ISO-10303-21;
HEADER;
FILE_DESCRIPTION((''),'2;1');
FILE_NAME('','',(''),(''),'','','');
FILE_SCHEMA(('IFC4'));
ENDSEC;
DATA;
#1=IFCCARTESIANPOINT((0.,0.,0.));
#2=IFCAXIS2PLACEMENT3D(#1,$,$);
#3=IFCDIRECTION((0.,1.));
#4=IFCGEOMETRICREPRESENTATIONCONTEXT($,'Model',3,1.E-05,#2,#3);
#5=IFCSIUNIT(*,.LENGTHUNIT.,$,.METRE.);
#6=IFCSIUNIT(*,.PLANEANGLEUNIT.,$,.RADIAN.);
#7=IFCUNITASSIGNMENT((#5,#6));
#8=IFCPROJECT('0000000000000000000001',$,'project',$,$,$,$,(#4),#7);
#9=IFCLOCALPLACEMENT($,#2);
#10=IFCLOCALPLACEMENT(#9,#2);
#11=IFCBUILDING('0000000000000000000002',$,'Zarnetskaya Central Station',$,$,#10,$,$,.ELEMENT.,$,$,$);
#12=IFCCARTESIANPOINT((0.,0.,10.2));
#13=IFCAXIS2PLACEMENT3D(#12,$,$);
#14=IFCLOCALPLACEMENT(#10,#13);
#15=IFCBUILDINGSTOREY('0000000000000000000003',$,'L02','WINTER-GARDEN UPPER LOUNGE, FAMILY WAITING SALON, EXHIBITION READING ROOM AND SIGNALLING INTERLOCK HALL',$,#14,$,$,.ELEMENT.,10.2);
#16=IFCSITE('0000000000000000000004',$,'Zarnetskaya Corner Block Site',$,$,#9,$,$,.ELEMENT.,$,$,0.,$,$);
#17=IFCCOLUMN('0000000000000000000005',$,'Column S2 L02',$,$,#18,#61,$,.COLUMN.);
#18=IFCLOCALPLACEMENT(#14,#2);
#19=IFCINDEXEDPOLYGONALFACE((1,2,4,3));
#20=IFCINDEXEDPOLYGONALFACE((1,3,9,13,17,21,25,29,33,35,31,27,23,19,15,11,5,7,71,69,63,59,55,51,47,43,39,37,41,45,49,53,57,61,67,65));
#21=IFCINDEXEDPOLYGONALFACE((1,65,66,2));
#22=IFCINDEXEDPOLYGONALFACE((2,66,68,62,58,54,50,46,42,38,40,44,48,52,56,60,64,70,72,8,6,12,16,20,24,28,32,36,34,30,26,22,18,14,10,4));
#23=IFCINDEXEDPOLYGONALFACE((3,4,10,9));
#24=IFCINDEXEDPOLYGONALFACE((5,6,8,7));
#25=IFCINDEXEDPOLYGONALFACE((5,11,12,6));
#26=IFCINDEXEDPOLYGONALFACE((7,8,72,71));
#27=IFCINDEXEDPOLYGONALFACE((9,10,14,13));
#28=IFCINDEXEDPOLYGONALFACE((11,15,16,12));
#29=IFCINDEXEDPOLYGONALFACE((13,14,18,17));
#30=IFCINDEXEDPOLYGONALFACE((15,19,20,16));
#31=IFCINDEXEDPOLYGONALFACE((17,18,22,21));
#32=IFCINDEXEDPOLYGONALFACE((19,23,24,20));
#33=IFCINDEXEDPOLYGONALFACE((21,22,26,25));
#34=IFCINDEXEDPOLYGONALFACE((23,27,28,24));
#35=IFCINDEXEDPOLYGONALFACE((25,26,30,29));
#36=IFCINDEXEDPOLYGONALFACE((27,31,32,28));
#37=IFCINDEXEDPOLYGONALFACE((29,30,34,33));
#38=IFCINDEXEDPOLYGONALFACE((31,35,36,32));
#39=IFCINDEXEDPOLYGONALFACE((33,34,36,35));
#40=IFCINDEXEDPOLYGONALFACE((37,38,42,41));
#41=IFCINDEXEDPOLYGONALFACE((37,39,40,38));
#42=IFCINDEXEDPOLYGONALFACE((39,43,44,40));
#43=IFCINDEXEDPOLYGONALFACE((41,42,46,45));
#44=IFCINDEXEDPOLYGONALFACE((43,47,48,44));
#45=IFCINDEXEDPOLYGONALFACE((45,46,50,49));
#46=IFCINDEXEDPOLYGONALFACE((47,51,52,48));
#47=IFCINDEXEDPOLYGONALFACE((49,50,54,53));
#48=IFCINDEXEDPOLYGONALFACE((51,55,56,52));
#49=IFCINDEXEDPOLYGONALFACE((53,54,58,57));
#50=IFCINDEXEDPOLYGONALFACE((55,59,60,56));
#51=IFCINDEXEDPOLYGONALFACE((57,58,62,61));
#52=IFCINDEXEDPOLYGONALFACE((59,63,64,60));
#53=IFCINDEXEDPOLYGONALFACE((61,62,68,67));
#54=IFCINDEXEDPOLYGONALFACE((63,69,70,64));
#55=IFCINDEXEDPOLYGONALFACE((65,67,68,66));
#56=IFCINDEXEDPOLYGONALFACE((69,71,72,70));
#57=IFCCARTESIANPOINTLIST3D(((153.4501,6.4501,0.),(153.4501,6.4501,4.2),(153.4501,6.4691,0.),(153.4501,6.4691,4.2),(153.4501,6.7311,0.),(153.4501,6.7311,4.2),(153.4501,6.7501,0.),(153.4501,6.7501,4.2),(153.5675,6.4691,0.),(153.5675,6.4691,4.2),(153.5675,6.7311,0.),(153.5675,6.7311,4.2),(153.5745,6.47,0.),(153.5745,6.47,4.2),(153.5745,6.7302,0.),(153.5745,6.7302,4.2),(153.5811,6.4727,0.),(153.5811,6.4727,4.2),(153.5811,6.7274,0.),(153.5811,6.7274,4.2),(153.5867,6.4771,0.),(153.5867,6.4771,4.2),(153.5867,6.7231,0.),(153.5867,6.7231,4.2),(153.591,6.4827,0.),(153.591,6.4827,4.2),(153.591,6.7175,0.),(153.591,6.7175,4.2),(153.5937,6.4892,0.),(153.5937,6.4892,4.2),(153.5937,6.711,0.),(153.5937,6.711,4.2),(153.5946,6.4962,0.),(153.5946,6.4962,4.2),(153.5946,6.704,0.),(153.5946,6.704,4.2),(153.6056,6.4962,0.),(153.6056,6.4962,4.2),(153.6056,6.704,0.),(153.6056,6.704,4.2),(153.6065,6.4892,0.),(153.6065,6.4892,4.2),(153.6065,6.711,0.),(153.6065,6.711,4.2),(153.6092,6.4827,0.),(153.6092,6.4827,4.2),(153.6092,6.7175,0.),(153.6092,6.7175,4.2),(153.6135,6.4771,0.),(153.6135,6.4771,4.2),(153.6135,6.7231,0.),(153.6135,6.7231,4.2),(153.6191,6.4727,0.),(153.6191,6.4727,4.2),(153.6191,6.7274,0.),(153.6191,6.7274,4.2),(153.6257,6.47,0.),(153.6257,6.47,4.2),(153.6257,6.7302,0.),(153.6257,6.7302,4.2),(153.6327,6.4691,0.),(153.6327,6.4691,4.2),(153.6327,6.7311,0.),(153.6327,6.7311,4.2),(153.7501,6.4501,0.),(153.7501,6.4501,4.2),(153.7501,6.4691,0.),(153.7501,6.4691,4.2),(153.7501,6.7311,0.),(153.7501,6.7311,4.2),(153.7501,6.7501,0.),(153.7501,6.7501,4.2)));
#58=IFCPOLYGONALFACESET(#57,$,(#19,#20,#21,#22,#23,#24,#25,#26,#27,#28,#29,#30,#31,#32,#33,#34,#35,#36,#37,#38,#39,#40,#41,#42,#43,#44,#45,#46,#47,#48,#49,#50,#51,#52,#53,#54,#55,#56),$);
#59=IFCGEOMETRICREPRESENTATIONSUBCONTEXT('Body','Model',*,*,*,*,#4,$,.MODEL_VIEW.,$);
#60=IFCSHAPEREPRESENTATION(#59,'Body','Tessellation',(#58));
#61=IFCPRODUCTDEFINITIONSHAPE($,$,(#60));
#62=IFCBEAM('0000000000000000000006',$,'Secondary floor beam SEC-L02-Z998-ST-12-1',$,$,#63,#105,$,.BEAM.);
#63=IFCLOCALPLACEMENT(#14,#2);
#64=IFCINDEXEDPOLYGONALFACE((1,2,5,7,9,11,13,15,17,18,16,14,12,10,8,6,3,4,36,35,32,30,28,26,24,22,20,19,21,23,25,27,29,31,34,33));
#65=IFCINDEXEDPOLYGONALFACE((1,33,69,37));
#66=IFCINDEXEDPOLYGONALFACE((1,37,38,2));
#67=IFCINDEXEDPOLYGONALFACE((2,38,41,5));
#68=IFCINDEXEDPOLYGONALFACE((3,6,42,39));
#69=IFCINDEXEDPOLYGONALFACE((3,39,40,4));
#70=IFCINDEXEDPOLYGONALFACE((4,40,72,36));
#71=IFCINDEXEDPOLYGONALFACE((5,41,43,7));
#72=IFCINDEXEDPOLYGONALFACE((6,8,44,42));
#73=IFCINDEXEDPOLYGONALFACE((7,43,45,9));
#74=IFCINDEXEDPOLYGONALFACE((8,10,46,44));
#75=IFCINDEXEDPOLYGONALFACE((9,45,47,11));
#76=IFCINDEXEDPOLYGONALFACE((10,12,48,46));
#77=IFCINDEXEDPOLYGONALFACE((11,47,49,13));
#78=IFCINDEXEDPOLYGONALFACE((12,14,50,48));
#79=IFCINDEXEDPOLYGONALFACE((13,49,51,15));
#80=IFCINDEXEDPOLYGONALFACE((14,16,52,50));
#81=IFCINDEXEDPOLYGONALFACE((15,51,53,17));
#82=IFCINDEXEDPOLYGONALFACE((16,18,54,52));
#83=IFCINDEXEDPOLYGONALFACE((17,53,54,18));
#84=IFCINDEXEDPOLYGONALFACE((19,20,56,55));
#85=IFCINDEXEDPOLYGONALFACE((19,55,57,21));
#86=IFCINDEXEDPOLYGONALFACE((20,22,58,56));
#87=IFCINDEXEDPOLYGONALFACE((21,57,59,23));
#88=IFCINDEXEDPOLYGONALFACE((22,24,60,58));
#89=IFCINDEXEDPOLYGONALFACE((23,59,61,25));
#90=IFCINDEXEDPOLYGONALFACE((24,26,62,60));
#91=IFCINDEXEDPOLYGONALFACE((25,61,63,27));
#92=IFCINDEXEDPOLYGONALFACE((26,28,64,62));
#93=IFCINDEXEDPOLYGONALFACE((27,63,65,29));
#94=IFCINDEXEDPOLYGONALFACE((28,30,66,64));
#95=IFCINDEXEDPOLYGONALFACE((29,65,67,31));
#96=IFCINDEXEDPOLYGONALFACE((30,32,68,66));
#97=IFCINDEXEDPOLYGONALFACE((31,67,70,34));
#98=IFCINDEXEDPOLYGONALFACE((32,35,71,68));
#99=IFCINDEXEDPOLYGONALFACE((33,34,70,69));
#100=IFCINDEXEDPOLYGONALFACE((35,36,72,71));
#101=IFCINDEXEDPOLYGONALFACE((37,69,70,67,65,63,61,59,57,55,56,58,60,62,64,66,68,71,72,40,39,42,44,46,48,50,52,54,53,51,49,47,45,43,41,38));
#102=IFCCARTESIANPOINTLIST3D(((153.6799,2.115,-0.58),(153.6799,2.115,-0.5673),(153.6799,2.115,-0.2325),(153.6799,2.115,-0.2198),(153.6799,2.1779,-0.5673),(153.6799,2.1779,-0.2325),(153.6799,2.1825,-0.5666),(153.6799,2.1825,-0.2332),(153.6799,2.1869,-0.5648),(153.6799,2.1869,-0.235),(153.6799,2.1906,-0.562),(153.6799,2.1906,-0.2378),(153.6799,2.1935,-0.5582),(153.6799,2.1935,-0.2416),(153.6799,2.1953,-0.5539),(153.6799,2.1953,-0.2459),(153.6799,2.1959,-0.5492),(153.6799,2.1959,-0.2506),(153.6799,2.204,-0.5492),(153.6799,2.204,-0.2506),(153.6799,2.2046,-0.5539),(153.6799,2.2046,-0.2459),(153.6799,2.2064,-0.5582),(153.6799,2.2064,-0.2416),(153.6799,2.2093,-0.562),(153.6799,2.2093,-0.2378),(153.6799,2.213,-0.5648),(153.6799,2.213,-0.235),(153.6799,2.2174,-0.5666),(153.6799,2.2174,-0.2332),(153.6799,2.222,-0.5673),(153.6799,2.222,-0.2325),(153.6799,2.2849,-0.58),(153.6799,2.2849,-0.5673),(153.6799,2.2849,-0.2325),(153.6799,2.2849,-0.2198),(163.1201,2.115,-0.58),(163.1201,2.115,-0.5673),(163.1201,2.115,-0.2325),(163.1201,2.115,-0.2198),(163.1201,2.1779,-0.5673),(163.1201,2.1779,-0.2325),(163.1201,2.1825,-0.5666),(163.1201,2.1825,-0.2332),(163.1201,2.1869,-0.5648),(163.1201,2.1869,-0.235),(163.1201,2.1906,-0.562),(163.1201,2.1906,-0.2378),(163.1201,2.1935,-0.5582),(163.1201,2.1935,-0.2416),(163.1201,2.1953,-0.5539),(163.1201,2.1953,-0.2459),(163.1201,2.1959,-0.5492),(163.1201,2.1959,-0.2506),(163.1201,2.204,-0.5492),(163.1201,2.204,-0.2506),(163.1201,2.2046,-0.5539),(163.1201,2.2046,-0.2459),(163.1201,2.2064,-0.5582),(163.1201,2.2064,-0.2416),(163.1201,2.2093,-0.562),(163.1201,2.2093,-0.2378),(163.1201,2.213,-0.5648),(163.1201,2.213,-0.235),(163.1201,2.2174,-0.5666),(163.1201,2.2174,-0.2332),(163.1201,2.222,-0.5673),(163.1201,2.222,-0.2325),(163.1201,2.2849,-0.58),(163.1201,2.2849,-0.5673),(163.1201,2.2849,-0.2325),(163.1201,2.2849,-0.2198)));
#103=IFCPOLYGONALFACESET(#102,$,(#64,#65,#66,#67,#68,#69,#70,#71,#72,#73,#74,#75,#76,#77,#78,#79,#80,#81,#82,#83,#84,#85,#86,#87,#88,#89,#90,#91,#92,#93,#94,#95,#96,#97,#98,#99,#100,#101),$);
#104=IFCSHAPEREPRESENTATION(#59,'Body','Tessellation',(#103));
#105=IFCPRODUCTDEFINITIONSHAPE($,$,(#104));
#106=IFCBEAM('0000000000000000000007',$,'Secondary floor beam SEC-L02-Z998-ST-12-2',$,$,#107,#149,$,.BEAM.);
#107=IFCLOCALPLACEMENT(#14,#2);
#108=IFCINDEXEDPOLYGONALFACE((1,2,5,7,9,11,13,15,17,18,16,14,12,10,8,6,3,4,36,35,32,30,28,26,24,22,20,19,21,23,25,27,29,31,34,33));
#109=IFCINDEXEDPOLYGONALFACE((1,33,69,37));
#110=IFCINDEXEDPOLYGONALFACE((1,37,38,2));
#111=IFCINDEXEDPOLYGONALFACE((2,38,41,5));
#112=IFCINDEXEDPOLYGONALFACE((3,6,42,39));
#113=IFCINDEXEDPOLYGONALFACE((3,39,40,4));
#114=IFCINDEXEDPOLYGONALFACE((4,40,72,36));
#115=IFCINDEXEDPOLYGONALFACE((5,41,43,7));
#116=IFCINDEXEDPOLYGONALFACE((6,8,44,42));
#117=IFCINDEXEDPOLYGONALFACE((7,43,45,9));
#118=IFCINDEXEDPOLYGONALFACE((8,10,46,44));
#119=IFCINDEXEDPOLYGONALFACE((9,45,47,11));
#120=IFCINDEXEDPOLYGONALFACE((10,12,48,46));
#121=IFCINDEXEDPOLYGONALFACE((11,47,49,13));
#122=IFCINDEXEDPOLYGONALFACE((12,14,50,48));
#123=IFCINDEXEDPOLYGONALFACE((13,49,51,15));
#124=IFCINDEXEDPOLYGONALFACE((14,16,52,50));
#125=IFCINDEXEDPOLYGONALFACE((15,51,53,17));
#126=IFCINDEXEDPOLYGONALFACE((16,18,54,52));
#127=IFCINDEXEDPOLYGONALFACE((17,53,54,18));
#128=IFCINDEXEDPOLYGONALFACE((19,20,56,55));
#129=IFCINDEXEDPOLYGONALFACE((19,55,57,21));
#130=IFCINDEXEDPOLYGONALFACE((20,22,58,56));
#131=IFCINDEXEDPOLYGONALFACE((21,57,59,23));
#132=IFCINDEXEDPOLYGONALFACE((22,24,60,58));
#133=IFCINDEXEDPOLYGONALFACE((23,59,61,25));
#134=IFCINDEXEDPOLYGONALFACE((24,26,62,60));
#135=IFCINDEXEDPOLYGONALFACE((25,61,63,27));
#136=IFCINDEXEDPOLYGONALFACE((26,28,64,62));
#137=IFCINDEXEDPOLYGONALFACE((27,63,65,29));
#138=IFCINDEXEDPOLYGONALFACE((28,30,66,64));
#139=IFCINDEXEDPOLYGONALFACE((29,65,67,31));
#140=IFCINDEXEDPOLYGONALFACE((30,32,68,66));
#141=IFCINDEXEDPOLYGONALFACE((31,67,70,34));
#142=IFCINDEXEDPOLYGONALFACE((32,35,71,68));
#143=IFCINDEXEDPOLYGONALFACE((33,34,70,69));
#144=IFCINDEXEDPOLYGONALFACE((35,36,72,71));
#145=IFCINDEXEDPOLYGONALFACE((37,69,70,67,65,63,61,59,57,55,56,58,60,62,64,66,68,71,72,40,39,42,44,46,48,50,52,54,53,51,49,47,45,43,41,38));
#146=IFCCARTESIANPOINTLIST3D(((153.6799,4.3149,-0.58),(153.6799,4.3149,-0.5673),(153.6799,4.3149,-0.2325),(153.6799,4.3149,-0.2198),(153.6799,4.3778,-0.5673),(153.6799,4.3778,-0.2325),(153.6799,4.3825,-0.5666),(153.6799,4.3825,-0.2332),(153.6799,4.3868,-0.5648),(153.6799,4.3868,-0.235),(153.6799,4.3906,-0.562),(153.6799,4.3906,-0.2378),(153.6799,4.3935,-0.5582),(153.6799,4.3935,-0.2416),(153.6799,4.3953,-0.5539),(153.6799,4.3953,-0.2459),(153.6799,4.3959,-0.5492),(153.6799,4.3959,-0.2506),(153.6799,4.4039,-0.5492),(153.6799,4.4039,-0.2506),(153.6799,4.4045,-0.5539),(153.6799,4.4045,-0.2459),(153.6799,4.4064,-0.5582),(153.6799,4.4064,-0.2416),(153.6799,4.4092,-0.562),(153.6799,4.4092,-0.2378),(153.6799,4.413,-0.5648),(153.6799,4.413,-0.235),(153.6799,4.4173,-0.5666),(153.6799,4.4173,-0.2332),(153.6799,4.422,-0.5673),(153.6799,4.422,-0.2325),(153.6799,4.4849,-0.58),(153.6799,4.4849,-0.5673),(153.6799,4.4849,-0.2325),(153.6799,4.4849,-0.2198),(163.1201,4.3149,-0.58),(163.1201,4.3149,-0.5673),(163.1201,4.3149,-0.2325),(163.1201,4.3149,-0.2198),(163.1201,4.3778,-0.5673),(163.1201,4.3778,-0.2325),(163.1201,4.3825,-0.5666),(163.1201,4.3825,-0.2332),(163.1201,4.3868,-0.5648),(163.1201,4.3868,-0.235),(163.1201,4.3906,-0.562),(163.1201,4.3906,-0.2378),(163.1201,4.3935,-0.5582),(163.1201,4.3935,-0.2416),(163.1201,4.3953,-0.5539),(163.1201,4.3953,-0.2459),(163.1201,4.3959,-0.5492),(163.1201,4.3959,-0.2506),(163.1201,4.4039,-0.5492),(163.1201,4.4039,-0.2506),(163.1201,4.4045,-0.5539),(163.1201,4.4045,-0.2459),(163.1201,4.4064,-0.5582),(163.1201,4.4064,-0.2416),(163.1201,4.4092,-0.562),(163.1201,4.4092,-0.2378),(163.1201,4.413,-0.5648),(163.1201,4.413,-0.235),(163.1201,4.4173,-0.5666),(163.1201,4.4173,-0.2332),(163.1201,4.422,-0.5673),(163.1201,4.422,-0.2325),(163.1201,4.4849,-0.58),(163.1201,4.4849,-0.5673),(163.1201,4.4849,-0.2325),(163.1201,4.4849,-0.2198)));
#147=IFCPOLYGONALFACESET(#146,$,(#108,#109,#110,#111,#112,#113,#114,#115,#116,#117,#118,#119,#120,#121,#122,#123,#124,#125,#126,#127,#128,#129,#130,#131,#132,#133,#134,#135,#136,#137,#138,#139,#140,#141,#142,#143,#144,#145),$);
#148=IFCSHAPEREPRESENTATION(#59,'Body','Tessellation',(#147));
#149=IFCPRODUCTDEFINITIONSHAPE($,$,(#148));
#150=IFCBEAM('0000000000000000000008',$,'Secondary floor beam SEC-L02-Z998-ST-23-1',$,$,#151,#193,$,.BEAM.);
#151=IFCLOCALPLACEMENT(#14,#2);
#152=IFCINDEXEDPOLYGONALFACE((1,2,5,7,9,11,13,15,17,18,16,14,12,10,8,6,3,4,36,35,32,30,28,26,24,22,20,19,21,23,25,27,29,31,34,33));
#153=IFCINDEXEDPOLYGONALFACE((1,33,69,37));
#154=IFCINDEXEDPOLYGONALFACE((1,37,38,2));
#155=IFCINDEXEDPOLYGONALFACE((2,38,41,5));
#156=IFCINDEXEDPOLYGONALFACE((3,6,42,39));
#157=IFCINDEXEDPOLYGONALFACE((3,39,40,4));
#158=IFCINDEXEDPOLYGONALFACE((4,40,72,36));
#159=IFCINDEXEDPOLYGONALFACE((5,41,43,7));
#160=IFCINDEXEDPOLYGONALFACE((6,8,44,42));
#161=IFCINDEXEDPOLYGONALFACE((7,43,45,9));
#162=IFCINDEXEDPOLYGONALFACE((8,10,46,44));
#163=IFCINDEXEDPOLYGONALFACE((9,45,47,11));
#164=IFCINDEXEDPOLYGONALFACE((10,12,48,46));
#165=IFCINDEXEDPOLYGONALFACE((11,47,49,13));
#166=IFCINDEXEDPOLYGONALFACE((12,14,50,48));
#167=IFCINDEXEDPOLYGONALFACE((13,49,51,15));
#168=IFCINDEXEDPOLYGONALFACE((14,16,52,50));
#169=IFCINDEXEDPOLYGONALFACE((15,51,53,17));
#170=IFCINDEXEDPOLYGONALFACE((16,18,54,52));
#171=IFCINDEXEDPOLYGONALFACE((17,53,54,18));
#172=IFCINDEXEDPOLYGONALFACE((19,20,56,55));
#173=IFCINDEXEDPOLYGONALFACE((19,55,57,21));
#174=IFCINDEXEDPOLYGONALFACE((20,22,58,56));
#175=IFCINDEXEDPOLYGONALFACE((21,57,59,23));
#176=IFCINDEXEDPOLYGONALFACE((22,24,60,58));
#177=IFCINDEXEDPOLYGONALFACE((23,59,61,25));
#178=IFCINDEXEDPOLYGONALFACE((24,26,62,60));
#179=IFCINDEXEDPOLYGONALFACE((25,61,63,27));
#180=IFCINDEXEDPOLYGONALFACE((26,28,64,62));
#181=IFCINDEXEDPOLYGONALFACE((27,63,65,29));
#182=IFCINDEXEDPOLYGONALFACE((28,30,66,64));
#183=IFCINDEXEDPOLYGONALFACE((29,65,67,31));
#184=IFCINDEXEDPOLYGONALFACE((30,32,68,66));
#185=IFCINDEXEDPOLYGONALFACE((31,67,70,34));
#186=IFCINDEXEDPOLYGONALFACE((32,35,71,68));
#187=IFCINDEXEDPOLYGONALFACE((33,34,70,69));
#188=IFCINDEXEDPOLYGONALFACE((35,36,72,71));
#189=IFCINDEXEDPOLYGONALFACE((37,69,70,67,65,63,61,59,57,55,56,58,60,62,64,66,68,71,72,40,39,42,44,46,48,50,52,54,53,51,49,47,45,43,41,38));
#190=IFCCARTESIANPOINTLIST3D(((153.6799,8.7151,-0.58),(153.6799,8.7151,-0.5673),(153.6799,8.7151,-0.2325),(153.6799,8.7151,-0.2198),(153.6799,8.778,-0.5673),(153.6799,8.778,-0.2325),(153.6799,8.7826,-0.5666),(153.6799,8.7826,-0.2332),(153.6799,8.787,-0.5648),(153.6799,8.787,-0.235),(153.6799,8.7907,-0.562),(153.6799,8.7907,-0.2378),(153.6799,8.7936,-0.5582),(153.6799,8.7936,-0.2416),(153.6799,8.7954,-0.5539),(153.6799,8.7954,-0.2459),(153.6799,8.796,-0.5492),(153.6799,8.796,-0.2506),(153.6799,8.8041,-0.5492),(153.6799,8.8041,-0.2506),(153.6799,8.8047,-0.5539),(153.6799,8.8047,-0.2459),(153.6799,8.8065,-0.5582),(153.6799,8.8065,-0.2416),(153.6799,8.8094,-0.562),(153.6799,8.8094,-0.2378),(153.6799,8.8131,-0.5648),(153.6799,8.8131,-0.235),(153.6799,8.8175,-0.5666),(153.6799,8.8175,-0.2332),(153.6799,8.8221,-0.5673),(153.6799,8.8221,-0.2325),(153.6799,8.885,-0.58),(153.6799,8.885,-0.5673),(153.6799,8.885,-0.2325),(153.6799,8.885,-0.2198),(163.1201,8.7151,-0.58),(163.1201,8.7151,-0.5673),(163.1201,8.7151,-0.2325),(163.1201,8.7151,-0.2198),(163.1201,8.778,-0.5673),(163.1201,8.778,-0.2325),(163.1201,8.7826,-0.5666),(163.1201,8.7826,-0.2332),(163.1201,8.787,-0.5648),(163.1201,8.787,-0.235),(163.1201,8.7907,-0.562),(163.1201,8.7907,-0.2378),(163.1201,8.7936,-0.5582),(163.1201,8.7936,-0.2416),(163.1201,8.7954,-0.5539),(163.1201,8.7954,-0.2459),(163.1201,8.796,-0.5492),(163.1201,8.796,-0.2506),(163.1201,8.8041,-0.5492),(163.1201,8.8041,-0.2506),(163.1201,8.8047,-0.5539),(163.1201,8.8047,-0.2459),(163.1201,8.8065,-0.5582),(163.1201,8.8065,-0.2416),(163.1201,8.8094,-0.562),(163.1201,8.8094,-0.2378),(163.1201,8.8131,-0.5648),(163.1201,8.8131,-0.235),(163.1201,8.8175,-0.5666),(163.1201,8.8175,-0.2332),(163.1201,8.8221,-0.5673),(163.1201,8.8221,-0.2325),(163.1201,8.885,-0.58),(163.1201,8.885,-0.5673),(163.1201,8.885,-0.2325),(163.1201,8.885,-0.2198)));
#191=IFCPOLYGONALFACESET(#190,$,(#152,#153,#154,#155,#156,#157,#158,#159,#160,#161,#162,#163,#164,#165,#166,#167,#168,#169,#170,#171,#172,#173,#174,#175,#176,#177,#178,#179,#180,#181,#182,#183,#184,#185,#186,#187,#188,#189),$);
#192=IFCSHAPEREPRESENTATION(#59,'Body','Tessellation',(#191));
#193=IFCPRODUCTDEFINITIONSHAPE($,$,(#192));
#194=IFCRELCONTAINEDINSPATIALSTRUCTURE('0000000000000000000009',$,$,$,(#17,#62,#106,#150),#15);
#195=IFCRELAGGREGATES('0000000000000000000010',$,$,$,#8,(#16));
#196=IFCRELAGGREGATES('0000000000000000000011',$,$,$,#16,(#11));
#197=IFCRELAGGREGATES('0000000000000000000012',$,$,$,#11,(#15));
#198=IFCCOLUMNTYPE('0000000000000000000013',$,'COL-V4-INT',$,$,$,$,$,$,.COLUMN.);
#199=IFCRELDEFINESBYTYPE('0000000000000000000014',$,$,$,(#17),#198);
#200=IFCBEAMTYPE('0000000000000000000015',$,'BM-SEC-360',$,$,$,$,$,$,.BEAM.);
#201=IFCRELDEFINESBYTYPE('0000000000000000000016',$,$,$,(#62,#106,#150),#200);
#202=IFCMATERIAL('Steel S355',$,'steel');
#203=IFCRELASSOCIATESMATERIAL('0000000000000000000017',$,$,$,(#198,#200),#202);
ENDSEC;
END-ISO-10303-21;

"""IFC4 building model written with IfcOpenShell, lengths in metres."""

from ifc_helpers import new_model, si_unit, direction, frame, origin, origin_2d, place, context, subcontext, project, spatial, i_section, extrude, material, material_profile, profile_set, type_object, element, save


model = new_model("IFC4")

# Units and contexts
model_context = context("Model", 3, precision=1e-05, world=origin(), true_north=direction((0.0, 1.0)))
body_context = subcontext(model_context, "Body", "Model", "MODEL_VIEW")
ifc_project = project(units=[si_unit("LENGTHUNIT", "METRE"), si_unit("PLANEANGLEUNIT", "RADIAN")], contexts=[model_context])

# Site, building, storey
site_placement = place(None, origin())
site = spatial("IfcSite", under=ifc_project, at=site_placement, Name="Zarnetskaya Corner Block Site", CompositionType="ELEMENT", RefElevation=0.0)
building_placement = place(site_placement, origin())
building = spatial("IfcBuilding", under=site, at=building_placement, Name="Zarnetskaya Central Station", CompositionType="ELEMENT")
storey_placement = place(building_placement, frame((0.0, 0.0, 10.2)))
storey = spatial("IfcBuildingStorey", under=building, at=storey_placement, Name="L02", Description="WINTER-GARDEN UPPER LOUNGE, FAMILY WAITING SALON, EXHIBITION READING ROOM AND SIGNALLING INTERLOCK HALL", CompositionType="ELEMENT", Elevation=10.2)

# Column
ifc_material_1 = material(Name="Steel S355", Category="steel")
ifc_material_profile_1 = material_profile(ifc_material_1, i_section(OverallWidth=0.3, OverallDepth=0.3, WebThickness=0.011, FlangeThickness=0.019, FilletRadius=0.0271, at=origin_2d()), Name="HEB 300")
ifc_profile_set_1 = profile_set([ifc_material_profile_1], Name="Steel S355")
column_type = type_object("IfcColumnType", Name="COL-V4-INT", PredefinedType="COLUMN", material=ifc_profile_set_1)
column_placement = place(storey_placement, frame((153.6001, 6.6001, 0.0), z_axis=(0.0, 0.0, 1.0), x_axis=(1.0, 0.0, 0.0)))
element("IfcColumn", 1, at=column_placement, inside=storey, type_object=column_type, Name="Column S2 L02", PredefinedType="COLUMN", context=body_context, shape_type="SweptSolid", body=[
    extrude(i_section(OverallWidth=0.3, OverallDepth=0.3, WebThickness=0.011, FlangeThickness=0.019, FilletRadius=0.0271, at=origin_2d()), origin(), (0.0, 0.0, 1.0), 4.2),
])

# Beams
ifc_material_profile_2 = material_profile(ifc_material_1, i_section(OverallWidth=0.1699, OverallDepth=0.3601, WebThickness=0.0081, FlangeThickness=0.0127, FilletRadius=0.0181, at=origin_2d()), Name="IPE 360")
ifc_profile_set_2 = profile_set([ifc_material_profile_2], Name="Steel S355")
beam_type_1 = type_object("IfcBeamType", Name="BM-SEC-360", PredefinedType="BEAM", material=ifc_profile_set_2)
for number, where, z_axis, x_axis, name in (
    (2, (153.6799, 2.2, -0.3999), (1.0, 0.0, 0.0), (0.0, 1.0, 0.0), "Secondary floor beam SEC-L02-Z998-ST-12-1"),
    (3, (153.6799, 4.3999, -0.3999), (1.0, 0.0, 0.0), (0.0, 1.0, 0.0), "Secondary floor beam SEC-L02-Z998-ST-12-2"),
    (4, (153.6799, 8.8, -0.3999), (1.0, 0.0, 0.0), (0.0, 1.0, 0.0), "Secondary floor beam SEC-L02-Z998-ST-23-1"),
):
    element("IfcBeam", number, at=place(storey_placement, frame(where, z_axis=z_axis, x_axis=x_axis)), inside=storey, type_object=beam_type_1, Name=name, PredefinedType="BEAM", context=body_context, shape_type="SweptSolid", body=[
        extrude(i_section(OverallWidth=0.1699, OverallDepth=0.3601, WebThickness=0.0081, FlangeThickness=0.0127, FilletRadius=0.0181, at=origin_2d()), origin(), (0.0, 0.0, 1.0), 9.4402),
    ])

save(model, "model.ifc")
